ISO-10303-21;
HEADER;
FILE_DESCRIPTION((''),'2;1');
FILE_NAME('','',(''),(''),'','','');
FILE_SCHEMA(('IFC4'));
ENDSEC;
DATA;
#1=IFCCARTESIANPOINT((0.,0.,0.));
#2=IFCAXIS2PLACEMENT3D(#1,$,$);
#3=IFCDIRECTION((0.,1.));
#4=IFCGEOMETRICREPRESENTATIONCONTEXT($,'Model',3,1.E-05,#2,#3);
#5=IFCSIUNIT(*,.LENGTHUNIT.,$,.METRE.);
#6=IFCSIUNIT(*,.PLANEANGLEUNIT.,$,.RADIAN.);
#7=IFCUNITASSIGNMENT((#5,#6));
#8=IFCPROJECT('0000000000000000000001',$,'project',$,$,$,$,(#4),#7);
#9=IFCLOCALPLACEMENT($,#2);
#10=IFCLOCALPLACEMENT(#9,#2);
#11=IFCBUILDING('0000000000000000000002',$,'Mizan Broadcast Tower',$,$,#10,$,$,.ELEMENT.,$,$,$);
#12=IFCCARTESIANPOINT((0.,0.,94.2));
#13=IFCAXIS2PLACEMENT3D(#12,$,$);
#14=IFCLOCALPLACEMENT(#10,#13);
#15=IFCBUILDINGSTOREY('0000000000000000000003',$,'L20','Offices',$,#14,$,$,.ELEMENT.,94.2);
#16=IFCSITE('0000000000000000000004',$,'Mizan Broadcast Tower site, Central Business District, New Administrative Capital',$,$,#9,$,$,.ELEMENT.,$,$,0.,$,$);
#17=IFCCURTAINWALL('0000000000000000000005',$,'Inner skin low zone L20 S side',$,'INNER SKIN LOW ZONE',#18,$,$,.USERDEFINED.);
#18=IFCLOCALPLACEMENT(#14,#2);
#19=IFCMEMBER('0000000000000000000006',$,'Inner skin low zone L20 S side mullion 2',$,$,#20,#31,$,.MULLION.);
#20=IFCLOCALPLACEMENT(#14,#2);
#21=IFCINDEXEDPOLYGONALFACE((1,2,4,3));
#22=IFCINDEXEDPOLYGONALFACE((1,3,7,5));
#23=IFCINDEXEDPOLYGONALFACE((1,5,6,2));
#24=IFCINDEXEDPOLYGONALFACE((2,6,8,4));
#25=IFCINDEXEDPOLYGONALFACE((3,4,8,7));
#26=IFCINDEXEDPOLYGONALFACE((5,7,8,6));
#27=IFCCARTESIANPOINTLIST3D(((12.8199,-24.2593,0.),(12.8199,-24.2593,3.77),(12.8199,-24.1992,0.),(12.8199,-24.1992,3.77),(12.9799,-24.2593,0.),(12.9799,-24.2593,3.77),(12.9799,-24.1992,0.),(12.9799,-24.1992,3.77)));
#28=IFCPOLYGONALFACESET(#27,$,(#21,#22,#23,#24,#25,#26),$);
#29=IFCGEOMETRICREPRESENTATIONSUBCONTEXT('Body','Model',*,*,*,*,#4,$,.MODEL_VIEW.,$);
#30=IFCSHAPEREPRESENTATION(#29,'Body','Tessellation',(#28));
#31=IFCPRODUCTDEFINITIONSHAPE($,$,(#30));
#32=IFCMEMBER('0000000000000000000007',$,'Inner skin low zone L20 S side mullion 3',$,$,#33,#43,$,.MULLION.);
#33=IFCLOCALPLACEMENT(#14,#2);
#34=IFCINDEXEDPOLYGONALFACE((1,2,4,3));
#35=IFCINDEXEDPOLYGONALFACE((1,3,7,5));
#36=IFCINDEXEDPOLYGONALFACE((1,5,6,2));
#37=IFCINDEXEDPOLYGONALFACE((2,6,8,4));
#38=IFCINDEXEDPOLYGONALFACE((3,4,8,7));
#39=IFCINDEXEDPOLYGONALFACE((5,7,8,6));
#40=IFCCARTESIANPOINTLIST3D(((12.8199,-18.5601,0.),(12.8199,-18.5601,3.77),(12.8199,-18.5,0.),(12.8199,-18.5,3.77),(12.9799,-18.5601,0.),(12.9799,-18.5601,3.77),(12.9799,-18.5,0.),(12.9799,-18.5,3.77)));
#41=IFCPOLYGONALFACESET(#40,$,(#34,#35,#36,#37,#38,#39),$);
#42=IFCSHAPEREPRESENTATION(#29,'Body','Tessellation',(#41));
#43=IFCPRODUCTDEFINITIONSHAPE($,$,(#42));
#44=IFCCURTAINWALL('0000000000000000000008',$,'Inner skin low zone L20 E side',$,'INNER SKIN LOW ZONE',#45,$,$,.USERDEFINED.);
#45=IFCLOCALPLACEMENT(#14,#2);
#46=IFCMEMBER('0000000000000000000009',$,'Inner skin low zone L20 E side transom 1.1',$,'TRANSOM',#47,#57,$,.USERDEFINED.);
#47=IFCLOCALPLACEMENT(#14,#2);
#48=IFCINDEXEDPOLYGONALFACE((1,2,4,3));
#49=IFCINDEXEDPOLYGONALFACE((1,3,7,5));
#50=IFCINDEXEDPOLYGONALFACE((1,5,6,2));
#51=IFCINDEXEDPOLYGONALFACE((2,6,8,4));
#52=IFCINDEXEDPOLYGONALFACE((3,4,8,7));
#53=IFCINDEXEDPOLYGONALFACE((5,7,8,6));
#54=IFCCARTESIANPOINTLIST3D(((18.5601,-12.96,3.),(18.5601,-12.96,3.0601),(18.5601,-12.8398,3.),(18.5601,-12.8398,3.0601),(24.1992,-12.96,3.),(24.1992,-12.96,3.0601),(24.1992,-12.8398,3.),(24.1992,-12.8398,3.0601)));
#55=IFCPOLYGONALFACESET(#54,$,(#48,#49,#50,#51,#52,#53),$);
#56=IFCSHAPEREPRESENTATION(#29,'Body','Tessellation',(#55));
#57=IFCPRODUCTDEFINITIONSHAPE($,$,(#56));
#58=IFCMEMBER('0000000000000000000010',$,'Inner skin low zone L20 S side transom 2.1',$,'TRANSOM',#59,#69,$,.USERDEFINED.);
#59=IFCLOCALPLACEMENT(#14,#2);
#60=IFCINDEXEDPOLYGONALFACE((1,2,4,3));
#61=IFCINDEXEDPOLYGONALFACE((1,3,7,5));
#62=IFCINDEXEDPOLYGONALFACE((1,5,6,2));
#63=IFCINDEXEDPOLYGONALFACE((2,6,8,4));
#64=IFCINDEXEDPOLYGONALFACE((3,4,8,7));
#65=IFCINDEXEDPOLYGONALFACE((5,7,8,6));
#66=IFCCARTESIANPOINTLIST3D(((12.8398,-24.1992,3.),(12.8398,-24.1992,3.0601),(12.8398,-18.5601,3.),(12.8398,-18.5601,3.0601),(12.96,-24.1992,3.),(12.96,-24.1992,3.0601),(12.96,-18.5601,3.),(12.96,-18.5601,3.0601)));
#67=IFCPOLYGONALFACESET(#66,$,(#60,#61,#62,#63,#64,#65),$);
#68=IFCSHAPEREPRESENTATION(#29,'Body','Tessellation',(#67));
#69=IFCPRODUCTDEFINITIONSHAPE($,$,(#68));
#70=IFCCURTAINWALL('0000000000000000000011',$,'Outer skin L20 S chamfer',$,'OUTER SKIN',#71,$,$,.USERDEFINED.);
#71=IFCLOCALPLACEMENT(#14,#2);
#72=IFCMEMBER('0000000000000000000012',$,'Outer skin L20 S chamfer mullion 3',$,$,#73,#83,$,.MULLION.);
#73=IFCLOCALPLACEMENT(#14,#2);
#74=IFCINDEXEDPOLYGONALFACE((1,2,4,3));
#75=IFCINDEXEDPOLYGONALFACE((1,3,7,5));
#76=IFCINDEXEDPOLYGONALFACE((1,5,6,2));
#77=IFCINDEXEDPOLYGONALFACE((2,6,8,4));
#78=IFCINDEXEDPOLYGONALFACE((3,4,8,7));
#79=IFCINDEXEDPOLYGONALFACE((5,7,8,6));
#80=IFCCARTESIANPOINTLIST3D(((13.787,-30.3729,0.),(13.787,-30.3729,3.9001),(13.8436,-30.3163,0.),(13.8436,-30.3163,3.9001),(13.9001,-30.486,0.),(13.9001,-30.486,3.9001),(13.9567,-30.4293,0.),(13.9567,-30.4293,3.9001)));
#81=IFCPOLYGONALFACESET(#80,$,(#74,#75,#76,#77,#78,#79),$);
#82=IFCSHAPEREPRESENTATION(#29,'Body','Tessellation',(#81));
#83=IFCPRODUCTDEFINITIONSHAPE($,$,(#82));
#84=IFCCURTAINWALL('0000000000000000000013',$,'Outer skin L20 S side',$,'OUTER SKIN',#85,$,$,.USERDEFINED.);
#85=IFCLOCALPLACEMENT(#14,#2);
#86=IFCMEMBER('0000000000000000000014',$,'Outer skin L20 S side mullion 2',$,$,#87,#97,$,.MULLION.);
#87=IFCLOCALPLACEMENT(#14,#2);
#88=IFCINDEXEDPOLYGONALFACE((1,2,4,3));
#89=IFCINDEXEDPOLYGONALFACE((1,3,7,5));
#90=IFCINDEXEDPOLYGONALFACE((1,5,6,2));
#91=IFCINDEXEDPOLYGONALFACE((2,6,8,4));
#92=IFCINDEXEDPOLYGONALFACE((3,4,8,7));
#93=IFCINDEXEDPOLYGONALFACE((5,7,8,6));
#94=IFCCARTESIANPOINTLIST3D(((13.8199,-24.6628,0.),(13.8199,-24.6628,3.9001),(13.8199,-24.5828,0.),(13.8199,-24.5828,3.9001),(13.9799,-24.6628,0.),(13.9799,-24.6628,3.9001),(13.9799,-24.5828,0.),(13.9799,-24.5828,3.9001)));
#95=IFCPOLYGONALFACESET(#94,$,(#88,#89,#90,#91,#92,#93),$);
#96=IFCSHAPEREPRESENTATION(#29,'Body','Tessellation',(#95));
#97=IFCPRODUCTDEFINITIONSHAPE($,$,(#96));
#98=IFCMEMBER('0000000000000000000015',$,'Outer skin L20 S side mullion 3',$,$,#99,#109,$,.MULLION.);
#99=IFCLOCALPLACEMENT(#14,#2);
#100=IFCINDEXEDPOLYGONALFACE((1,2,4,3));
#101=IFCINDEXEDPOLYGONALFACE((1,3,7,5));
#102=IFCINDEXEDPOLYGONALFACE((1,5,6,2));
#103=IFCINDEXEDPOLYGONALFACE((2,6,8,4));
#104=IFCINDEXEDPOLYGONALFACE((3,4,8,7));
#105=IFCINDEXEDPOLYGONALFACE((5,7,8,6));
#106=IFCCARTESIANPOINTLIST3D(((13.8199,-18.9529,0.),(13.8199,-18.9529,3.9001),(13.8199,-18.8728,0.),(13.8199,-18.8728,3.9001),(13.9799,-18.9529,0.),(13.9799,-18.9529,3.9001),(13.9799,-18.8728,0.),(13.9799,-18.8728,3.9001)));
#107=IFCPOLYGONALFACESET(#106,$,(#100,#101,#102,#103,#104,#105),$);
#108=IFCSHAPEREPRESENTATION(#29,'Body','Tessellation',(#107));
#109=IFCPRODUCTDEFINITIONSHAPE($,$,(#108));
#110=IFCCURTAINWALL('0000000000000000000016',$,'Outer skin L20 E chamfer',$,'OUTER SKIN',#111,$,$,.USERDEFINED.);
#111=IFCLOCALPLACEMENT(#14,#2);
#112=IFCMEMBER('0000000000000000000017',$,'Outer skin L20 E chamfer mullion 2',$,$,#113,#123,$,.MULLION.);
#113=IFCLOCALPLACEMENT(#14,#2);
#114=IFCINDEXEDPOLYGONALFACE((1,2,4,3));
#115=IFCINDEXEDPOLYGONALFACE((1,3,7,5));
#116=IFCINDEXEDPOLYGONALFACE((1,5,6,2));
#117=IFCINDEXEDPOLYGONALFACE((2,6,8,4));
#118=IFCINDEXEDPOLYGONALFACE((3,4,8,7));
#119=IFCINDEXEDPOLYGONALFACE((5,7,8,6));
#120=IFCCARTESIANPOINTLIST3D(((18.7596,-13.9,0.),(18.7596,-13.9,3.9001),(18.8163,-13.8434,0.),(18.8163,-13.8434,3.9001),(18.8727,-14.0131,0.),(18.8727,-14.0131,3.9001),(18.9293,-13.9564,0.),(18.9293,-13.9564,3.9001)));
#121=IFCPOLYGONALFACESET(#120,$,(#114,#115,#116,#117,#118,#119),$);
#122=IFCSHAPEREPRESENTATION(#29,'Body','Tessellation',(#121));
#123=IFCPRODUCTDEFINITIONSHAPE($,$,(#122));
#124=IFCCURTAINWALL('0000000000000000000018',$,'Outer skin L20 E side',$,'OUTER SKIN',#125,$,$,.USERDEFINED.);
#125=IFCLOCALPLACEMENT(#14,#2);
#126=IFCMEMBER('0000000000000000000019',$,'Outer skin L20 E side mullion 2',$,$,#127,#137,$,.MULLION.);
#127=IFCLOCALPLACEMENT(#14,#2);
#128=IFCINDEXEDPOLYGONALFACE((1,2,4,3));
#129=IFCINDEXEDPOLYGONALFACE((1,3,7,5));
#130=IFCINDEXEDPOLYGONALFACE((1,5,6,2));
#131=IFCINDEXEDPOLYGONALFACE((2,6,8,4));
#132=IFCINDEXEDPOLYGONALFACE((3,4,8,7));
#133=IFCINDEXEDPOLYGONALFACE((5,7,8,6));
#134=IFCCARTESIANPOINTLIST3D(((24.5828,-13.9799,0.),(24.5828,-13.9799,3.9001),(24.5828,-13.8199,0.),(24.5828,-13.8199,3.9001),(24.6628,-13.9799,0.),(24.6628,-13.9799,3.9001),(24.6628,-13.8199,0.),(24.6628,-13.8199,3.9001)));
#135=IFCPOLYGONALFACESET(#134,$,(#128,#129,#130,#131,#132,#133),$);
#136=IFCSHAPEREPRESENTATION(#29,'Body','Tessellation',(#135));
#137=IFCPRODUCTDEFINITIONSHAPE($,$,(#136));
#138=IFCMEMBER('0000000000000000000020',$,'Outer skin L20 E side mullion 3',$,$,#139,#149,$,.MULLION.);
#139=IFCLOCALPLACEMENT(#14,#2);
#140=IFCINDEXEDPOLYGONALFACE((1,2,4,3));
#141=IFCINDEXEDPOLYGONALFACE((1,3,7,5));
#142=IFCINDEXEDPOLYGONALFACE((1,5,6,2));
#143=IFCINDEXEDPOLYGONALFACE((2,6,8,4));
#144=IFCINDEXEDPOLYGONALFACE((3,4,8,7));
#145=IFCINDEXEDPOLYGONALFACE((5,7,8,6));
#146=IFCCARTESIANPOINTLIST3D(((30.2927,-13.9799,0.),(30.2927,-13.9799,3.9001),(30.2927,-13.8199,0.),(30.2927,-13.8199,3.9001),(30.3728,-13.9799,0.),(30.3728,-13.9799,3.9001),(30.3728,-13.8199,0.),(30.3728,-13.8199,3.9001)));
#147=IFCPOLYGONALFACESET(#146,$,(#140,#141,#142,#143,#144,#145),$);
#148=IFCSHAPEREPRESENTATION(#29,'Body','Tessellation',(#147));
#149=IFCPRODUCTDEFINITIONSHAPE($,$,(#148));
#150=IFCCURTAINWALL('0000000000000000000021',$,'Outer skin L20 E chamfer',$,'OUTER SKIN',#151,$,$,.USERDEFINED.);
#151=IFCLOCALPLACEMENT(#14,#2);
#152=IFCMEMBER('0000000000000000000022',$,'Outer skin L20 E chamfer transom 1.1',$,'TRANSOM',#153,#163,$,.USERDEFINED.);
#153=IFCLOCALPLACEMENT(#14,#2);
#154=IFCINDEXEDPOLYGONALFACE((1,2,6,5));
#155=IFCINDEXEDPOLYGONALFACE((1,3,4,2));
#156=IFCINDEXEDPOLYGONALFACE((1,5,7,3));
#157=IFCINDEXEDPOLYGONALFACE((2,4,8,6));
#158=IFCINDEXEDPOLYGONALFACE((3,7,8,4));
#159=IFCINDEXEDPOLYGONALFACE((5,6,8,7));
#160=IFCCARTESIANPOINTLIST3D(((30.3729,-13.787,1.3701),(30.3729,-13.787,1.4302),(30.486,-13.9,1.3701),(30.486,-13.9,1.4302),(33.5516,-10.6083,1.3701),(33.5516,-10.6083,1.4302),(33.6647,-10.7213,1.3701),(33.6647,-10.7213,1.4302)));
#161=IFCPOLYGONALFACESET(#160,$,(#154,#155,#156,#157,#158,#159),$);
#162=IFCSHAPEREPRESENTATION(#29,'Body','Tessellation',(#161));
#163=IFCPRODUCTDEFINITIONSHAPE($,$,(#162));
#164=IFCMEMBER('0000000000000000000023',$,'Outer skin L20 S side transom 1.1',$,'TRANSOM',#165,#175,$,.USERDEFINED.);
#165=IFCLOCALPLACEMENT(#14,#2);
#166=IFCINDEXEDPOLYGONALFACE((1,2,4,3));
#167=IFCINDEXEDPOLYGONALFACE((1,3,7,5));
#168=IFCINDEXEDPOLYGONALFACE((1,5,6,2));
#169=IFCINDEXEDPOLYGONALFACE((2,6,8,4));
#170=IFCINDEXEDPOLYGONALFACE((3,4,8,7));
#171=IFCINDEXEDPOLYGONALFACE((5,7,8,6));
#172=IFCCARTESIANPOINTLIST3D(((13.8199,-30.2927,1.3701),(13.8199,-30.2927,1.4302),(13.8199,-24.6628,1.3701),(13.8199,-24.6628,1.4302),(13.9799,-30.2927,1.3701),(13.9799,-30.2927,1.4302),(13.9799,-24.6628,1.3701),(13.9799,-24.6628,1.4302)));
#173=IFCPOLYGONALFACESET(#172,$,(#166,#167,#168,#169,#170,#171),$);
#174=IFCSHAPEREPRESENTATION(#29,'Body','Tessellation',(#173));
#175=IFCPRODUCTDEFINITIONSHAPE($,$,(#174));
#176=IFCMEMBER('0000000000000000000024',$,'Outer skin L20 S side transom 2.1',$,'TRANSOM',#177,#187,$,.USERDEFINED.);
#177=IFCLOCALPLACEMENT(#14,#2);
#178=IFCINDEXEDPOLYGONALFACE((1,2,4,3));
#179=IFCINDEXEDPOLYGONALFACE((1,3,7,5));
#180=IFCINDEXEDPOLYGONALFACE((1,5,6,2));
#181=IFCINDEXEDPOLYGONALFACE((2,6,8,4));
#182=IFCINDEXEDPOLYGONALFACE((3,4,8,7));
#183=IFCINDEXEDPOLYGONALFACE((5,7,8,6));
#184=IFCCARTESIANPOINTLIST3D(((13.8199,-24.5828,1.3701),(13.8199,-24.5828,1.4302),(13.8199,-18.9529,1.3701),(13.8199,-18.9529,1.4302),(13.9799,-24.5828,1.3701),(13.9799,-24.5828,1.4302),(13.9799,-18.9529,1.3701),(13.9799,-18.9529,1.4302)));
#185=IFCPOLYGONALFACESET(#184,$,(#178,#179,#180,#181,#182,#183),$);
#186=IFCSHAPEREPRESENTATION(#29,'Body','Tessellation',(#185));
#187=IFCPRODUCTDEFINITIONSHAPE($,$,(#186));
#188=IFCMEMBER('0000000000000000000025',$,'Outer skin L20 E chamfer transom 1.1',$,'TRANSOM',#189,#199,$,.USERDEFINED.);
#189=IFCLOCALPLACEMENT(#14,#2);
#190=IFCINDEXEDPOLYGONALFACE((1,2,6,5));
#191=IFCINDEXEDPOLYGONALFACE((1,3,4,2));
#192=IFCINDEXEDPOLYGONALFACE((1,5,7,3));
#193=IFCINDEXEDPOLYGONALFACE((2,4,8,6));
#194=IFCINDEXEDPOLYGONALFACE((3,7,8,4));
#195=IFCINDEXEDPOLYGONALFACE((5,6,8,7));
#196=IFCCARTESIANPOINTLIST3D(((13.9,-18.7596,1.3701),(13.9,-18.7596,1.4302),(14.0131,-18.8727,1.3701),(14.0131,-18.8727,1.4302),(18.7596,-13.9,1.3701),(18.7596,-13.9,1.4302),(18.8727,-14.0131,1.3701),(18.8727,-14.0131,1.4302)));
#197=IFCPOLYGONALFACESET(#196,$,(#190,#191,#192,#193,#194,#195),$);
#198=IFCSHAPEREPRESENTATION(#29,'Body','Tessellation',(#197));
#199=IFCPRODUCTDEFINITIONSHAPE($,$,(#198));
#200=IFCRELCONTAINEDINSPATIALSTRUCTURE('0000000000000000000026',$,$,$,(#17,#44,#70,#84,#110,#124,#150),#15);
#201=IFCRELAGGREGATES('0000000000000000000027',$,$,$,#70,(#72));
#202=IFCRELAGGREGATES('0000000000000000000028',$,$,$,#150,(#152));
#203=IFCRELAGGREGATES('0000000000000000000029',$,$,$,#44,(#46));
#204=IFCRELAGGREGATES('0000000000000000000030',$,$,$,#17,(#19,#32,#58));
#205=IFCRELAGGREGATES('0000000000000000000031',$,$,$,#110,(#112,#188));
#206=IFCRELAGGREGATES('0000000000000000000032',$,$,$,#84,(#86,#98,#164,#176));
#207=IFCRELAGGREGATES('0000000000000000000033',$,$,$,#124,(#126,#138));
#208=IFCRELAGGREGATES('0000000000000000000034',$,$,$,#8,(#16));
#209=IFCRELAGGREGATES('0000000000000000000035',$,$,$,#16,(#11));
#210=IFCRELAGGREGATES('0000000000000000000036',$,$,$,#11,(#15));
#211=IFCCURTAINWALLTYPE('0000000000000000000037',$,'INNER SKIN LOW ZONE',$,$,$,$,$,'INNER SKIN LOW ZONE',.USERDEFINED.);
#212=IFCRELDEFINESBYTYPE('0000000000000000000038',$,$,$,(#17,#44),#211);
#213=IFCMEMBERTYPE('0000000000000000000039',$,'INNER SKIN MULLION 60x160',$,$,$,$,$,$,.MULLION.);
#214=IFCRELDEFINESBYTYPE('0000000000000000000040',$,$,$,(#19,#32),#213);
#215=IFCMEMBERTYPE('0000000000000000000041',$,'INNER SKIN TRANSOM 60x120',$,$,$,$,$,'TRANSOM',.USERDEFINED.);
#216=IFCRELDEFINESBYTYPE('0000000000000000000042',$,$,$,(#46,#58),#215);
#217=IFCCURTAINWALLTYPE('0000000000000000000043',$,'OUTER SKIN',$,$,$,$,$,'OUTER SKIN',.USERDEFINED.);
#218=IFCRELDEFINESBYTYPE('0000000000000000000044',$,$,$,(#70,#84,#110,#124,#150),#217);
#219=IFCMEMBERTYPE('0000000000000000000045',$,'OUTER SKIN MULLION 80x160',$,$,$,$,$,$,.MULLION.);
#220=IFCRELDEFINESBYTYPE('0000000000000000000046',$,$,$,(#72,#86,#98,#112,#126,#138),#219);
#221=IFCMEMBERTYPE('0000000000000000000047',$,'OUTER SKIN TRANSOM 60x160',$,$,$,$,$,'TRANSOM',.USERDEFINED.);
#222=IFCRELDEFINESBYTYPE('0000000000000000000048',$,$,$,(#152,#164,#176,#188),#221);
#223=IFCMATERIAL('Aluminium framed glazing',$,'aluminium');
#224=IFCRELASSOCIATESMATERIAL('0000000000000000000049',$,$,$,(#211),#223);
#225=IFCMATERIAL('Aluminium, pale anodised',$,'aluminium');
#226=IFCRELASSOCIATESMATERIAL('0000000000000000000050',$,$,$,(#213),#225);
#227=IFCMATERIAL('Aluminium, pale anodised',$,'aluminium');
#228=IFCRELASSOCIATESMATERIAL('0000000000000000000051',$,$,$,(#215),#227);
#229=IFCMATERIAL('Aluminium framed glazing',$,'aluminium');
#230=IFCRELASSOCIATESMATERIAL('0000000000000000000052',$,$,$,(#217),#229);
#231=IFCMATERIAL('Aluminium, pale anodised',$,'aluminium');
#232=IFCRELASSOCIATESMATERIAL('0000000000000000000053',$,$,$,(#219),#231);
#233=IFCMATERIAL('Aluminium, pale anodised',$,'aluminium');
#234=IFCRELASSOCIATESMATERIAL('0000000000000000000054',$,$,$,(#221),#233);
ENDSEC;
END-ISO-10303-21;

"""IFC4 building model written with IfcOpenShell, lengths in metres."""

from ifc_helpers import new_model, si_unit, direction, frame, origin, origin_2d, place, context, subcontext, project, spatial, rectangle, extrude, material, material_profile, profile_set, type_object, element, aggregate, save


model = new_model("IFC4")

# Units and contexts
model_context = context("Model", 3, precision=1e-05, world=origin(), true_north=direction((0.0, 1.0)))
body_context = subcontext(model_context, "Body", "Model", "MODEL_VIEW")
ifc_project = project(units=[si_unit("LENGTHUNIT", "METRE"), si_unit("PLANEANGLEUNIT", "RADIAN")], contexts=[model_context])

# Site, building, storey
site_placement = place(None, origin())
site = spatial("IfcSite", under=ifc_project, at=site_placement, Name="Mizan Broadcast Tower site, Central Business District, New Administrative Capital", CompositionType="ELEMENT", RefElevation=0.0)
building_placement = place(site_placement, origin())
building = spatial("IfcBuilding", under=site, at=building_placement, Name="Mizan Broadcast Tower", CompositionType="ELEMENT")
storey_placement = place(building_placement, frame((0.0, 0.0, 94.2)))
storey = spatial("IfcBuildingStorey", under=building, at=storey_placement, Name="L20", Description="Offices", CompositionType="ELEMENT", Elevation=94.2)

# Curtain wall, members
ifc_material_1 = material(Name="Aluminium framed glazing", Category="aluminium")
curtain_wall_type_1 = type_object("IfcCurtainWallType", Name="INNER SKIN LOW ZONE", ElementType="INNER SKIN LOW ZONE", PredefinedType="USERDEFINED", material=ifc_material_1)
curtain_wall_1_placement = place(storey_placement, origin())
curtain_wall_1 = element("IfcCurtainWall", 1, at=curtain_wall_1_placement, inside=storey, type_object=curtain_wall_type_1, Name="Inner skin low zone L20 S side", ObjectType="INNER SKIN LOW ZONE", PredefinedType="USERDEFINED")
ifc_material_2 = material(Name="Aluminium, pale anodised", Category="aluminium")
ifc_material_profile_1 = material_profile(ifc_material_2, rectangle(XDim=0.1599, YDim=0.0601, at=origin_2d()), Name="MULLION 160x60")
ifc_profile_set_1 = profile_set([ifc_material_profile_1], Name="Aluminium, pale anodised")
member_type_1 = type_object("IfcMemberType", Name="INNER SKIN MULLION 60x160", PredefinedType="MULLION", material=ifc_profile_set_1)
member_1_placement = place(storey_placement, frame((12.8999, -24.2292, 0.0), z_axis=(0.0, 0.0, 1.0), x_axis=(-1.0, 0.0, 0.0)))
member_1 = element("IfcMember", 2, at=member_1_placement, type_object=member_type_1, Name="Inner skin low zone L20 S side mullion 2", PredefinedType="MULLION", context=body_context, shape_type="SweptSolid", body=[
    extrude(rectangle(XDim=0.1599, YDim=0.0601, at=origin_2d()), origin(), (0.0, 0.0, 1.0), 3.77),
])
member_2_placement = place(storey_placement, frame((12.8999, -18.53, 0.0), z_axis=(0.0, 0.0, 1.0), x_axis=(-1.0, 0.0, 0.0)))
member_2 = element("IfcMember", 3, at=member_2_placement, type_object=member_type_1, Name="Inner skin low zone L20 S side mullion 3", PredefinedType="MULLION", context=body_context, shape_type="SweptSolid", body=[
    extrude(rectangle(XDim=0.1599, YDim=0.0601, at=origin_2d()), origin(), (0.0, 0.0, 1.0), 3.77),
])

# Curtain wall, member
curtain_wall_2_placement = place(storey_placement, origin())
curtain_wall_2 = element("IfcCurtainWall", 4, at=curtain_wall_2_placement, inside=storey, type_object=curtain_wall_type_1, Name="Inner skin low zone L20 E side", ObjectType="INNER SKIN LOW ZONE", PredefinedType="USERDEFINED")
ifc_material_3 = material(Name="Aluminium, pale anodised", Category="aluminium")
ifc_material_profile_2 = material_profile(ifc_material_3, rectangle(XDim=0.1201, YDim=0.0601, at=origin_2d()), Name="TRANSOM 120x60")
ifc_profile_set_2 = profile_set([ifc_material_profile_2], Name="Aluminium, pale anodised")
member_type_2 = type_object("IfcMemberType", Name="INNER SKIN TRANSOM 60x120", ElementType="TRANSOM", PredefinedType="USERDEFINED", material=ifc_profile_set_2)
member_3_placement = place(storey_placement, frame((18.5601, -12.8999, 3.03), z_axis=(1.0, 0.0, 0.0), x_axis=(0.0, 1.0, 0.0)))
member_3 = element("IfcMember", 5, at=member_3_placement, type_object=member_type_2, Name="Inner skin low zone L20 E side transom 1.1", ObjectType="TRANSOM", PredefinedType="USERDEFINED", context=body_context, shape_type="SweptSolid", body=[
    extrude(rectangle(XDim=0.1201, YDim=0.0601, at=origin_2d()), origin(), (0.0, 0.0, 1.0), 5.6392),
])

# Member
member_4_placement = place(storey_placement, frame((12.8999, -24.1992, 3.03), z_axis=(0.0, 1.0, 0.0), x_axis=(-1.0, 0.0, 0.0)))
member_4 = element("IfcMember", 6, at=member_4_placement, type_object=member_type_2, Name="Inner skin low zone L20 S side transom 2.1", ObjectType="TRANSOM", PredefinedType="USERDEFINED", context=body_context, shape_type="SweptSolid", body=[
    extrude(rectangle(XDim=0.1201, YDim=0.0601, at=origin_2d()), origin(), (0.0, 0.0, 1.0), 5.6392),
])

# Curtain wall, member
ifc_material_4 = material(Name="Aluminium framed glazing", Category="aluminium")
curtain_wall_type_2 = type_object("IfcCurtainWallType", Name="OUTER SKIN", ElementType="OUTER SKIN", PredefinedType="USERDEFINED", material=ifc_material_4)
curtain_wall_3_placement = place(storey_placement, origin())
curtain_wall_3 = element("IfcCurtainWall", 7, at=curtain_wall_3_placement, inside=storey, type_object=curtain_wall_type_2, Name="Outer skin L20 S chamfer", ObjectType="OUTER SKIN", PredefinedType="USERDEFINED")
ifc_material_5 = material(Name="Aluminium, pale anodised", Category="aluminium")
ifc_material_profile_3 = material_profile(ifc_material_5, rectangle(XDim=0.1599, YDim=0.0801, at=origin_2d()), Name="MULLION 160x80")
ifc_profile_set_3 = profile_set([ifc_material_profile_3], Name="Aluminium, pale anodised")
member_type_3 = type_object("IfcMemberType", Name="OUTER SKIN MULLION 80x160", PredefinedType="MULLION", material=ifc_profile_set_3)
member_5_placement = place(storey_placement, frame((13.8718, -30.4011, 0.0), z_axis=(0.0, 0.0, 1.0), x_axis=(-0.707107, 0.707107, 0.0)))
member_5 = element("IfcMember", 8, at=member_5_placement, type_object=member_type_3, Name="Outer skin L20 S chamfer mullion 3", PredefinedType="MULLION", context=body_context, shape_type="SweptSolid", body=[
    extrude(rectangle(XDim=0.1599, YDim=0.0801, at=origin_2d()), origin(), (0.0, 0.0, 1.0), 3.9001),
])
aggregate(curtain_wall_3, [member_5])

# Curtain wall, members
curtain_wall_4_placement = place(storey_placement, origin())
curtain_wall_4 = element("IfcCurtainWall", 9, at=curtain_wall_4_placement, inside=storey, type_object=curtain_wall_type_2, Name="Outer skin L20 S side", ObjectType="OUTER SKIN", PredefinedType="USERDEFINED")
member_6_placement = place(storey_placement, frame((13.8999, -24.6228, 0.0), z_axis=(0.0, 0.0, 1.0), x_axis=(-1.0, 0.0, 0.0)))
member_6 = element("IfcMember", 10, at=member_6_placement, type_object=member_type_3, Name="Outer skin L20 S side mullion 2", PredefinedType="MULLION", context=body_context, shape_type="SweptSolid", body=[
    extrude(rectangle(XDim=0.1599, YDim=0.0801, at=origin_2d()), origin(), (0.0, 0.0, 1.0), 3.9001),
])
member_7_placement = place(storey_placement, frame((13.8999, -18.9128, 0.0), z_axis=(0.0, 0.0, 1.0), x_axis=(-1.0, 0.0, 0.0)))
member_7 = element("IfcMember", 11, at=member_7_placement, type_object=member_type_3, Name="Outer skin L20 S side mullion 3", PredefinedType="MULLION", context=body_context, shape_type="SweptSolid", body=[
    extrude(rectangle(XDim=0.1599, YDim=0.0801, at=origin_2d()), origin(), (0.0, 0.0, 1.0), 3.9001),
])

# Curtain wall, member
curtain_wall_5_placement = place(storey_placement, origin())
curtain_wall_5 = element("IfcCurtainWall", 12, at=curtain_wall_5_placement, inside=storey, type_object=curtain_wall_type_2, Name="Outer skin L20 E chamfer", ObjectType="OUTER SKIN", PredefinedType="USERDEFINED")
member_8_placement = place(storey_placement, frame((18.8445, -13.9282, 0.0), z_axis=(0.0, 0.0, 1.0), x_axis=(-0.707107, 0.707107, 0.0)))
member_8 = element("IfcMember", 13, at=member_8_placement, type_object=member_type_3, Name="Outer skin L20 E chamfer mullion 2", PredefinedType="MULLION", context=body_context, shape_type="SweptSolid", body=[
    extrude(rectangle(XDim=0.1599, YDim=0.0801, at=origin_2d()), origin(), (0.0, 0.0, 1.0), 3.9001),
])

# Curtain wall, members
curtain_wall_6_placement = place(storey_placement, origin())
curtain_wall_6 = element("IfcCurtainWall", 14, at=curtain_wall_6_placement, inside=storey, type_object=curtain_wall_type_2, Name="Outer skin L20 E side", ObjectType="OUTER SKIN", PredefinedType="USERDEFINED")
member_9_placement = place(storey_placement, frame((24.6228, -13.8999, 0.0), z_axis=(0.0, 0.0, 1.0), x_axis=(0.0, 1.0, 0.0)))
member_9 = element("IfcMember", 15, at=member_9_placement, type_object=member_type_3, Name="Outer skin L20 E side mullion 2", PredefinedType="MULLION", context=body_context, shape_type="SweptSolid", body=[
    extrude(rectangle(XDim=0.1599, YDim=0.0801, at=origin_2d()), origin(), (0.0, 0.0, 1.0), 3.9001),
])
member_10_placement = place(storey_placement, frame((30.3328, -13.8999, 0.0), z_axis=(0.0, 0.0, 1.0), x_axis=(0.0, 1.0, 0.0)))
member_10 = element("IfcMember", 16, at=member_10_placement, type_object=member_type_3, Name="Outer skin L20 E side mullion 3", PredefinedType="MULLION", context=body_context, shape_type="SweptSolid", body=[
    extrude(rectangle(XDim=0.1599, YDim=0.0801, at=origin_2d()), origin(), (0.0, 0.0, 1.0), 3.9001),
])

# Curtain wall, member
curtain_wall_7_placement = place(storey_placement, origin())
curtain_wall_7 = element("IfcCurtainWall", 17, at=curtain_wall_7_placement, inside=storey, type_object=curtain_wall_type_2, Name="Outer skin L20 E chamfer", ObjectType="OUTER SKIN", PredefinedType="USERDEFINED")
ifc_material_6 = material(Name="Aluminium, pale anodised", Category="aluminium")
ifc_material_profile_4 = material_profile(ifc_material_6, rectangle(XDim=0.1599, YDim=0.0601, at=origin_2d()), Name="TRANSOM 160x60")
ifc_profile_set_4 = profile_set([ifc_material_profile_4], Name="Aluminium, pale anodised")
member_type_4 = type_object("IfcMemberType", Name="OUTER SKIN TRANSOM 60x160", ElementType="TRANSOM", PredefinedType="USERDEFINED", material=ifc_profile_set_4)
member_11_placement = place(storey_placement, frame((30.4294, -13.8435, 1.4001), z_axis=(0.707107, 0.707107, 0.0), x_axis=(-0.707107, 0.707107, 0.0)))
member_11 = element("IfcMember", 18, at=member_11_placement, type_object=member_type_4, Name="Outer skin L20 E chamfer transom 1.1", ObjectType="TRANSOM", PredefinedType="USERDEFINED", context=body_context, shape_type="SweptSolid", body=[
    extrude(rectangle(XDim=0.1599, YDim=0.0601, at=origin_2d()), origin(), (0.0, 0.0, 1.0), 4.4954),
])
aggregate(curtain_wall_7, [member_11])

# Members
member_12_placement = place(storey_placement, frame((13.8999, -30.2927, 1.4001), z_axis=(0.0, 1.0, 0.0), x_axis=(-1.0, 0.0, 0.0)))
member_12 = element("IfcMember", 19, at=member_12_placement, type_object=member_type_4, Name="Outer skin L20 S side transom 1.1", ObjectType="TRANSOM", PredefinedType="USERDEFINED", context=body_context, shape_type="SweptSolid", body=[
    extrude(rectangle(XDim=0.1599, YDim=0.0601, at=origin_2d()), origin(), (0.0, 0.0, 1.0), 5.6299),
])
member_13_placement = place(storey_placement, frame((13.8999, -24.5828, 1.4001), z_axis=(0.0, 1.0, 0.0), x_axis=(-1.0, 0.0, 0.0)))
member_13 = element("IfcMember", 20, at=member_13_placement, type_object=member_type_4, Name="Outer skin L20 S side transom 2.1", ObjectType="TRANSOM", PredefinedType="USERDEFINED", context=body_context, shape_type="SweptSolid", body=[
    extrude(rectangle(XDim=0.1599, YDim=0.0601, at=origin_2d()), origin(), (0.0, 0.0, 1.0), 5.6299),
])
member_14_placement = place(storey_placement, frame((13.9565, -18.8162, 1.4001), z_axis=(0.707107, 0.707107, 0.0), x_axis=(-0.707107, 0.707107, 0.0)))
member_14 = element("IfcMember", 21, at=member_14_placement, type_object=member_type_4, Name="Outer skin L20 E chamfer transom 1.1", ObjectType="TRANSOM", PredefinedType="USERDEFINED", context=body_context, shape_type="SweptSolid", body=[
    extrude(rectangle(XDim=0.1599, YDim=0.0601, at=origin_2d()), origin(), (0.0, 0.0, 1.0), 6.8726),
])

aggregate(curtain_wall_2, [member_3])
aggregate(curtain_wall_1, [member_1, member_2, member_4])
aggregate(curtain_wall_5, [member_8, member_14])
aggregate(curtain_wall_4, [member_6, member_7, member_12, member_13])
aggregate(curtain_wall_6, [member_9, member_10])

save(model, "model.ifc")
